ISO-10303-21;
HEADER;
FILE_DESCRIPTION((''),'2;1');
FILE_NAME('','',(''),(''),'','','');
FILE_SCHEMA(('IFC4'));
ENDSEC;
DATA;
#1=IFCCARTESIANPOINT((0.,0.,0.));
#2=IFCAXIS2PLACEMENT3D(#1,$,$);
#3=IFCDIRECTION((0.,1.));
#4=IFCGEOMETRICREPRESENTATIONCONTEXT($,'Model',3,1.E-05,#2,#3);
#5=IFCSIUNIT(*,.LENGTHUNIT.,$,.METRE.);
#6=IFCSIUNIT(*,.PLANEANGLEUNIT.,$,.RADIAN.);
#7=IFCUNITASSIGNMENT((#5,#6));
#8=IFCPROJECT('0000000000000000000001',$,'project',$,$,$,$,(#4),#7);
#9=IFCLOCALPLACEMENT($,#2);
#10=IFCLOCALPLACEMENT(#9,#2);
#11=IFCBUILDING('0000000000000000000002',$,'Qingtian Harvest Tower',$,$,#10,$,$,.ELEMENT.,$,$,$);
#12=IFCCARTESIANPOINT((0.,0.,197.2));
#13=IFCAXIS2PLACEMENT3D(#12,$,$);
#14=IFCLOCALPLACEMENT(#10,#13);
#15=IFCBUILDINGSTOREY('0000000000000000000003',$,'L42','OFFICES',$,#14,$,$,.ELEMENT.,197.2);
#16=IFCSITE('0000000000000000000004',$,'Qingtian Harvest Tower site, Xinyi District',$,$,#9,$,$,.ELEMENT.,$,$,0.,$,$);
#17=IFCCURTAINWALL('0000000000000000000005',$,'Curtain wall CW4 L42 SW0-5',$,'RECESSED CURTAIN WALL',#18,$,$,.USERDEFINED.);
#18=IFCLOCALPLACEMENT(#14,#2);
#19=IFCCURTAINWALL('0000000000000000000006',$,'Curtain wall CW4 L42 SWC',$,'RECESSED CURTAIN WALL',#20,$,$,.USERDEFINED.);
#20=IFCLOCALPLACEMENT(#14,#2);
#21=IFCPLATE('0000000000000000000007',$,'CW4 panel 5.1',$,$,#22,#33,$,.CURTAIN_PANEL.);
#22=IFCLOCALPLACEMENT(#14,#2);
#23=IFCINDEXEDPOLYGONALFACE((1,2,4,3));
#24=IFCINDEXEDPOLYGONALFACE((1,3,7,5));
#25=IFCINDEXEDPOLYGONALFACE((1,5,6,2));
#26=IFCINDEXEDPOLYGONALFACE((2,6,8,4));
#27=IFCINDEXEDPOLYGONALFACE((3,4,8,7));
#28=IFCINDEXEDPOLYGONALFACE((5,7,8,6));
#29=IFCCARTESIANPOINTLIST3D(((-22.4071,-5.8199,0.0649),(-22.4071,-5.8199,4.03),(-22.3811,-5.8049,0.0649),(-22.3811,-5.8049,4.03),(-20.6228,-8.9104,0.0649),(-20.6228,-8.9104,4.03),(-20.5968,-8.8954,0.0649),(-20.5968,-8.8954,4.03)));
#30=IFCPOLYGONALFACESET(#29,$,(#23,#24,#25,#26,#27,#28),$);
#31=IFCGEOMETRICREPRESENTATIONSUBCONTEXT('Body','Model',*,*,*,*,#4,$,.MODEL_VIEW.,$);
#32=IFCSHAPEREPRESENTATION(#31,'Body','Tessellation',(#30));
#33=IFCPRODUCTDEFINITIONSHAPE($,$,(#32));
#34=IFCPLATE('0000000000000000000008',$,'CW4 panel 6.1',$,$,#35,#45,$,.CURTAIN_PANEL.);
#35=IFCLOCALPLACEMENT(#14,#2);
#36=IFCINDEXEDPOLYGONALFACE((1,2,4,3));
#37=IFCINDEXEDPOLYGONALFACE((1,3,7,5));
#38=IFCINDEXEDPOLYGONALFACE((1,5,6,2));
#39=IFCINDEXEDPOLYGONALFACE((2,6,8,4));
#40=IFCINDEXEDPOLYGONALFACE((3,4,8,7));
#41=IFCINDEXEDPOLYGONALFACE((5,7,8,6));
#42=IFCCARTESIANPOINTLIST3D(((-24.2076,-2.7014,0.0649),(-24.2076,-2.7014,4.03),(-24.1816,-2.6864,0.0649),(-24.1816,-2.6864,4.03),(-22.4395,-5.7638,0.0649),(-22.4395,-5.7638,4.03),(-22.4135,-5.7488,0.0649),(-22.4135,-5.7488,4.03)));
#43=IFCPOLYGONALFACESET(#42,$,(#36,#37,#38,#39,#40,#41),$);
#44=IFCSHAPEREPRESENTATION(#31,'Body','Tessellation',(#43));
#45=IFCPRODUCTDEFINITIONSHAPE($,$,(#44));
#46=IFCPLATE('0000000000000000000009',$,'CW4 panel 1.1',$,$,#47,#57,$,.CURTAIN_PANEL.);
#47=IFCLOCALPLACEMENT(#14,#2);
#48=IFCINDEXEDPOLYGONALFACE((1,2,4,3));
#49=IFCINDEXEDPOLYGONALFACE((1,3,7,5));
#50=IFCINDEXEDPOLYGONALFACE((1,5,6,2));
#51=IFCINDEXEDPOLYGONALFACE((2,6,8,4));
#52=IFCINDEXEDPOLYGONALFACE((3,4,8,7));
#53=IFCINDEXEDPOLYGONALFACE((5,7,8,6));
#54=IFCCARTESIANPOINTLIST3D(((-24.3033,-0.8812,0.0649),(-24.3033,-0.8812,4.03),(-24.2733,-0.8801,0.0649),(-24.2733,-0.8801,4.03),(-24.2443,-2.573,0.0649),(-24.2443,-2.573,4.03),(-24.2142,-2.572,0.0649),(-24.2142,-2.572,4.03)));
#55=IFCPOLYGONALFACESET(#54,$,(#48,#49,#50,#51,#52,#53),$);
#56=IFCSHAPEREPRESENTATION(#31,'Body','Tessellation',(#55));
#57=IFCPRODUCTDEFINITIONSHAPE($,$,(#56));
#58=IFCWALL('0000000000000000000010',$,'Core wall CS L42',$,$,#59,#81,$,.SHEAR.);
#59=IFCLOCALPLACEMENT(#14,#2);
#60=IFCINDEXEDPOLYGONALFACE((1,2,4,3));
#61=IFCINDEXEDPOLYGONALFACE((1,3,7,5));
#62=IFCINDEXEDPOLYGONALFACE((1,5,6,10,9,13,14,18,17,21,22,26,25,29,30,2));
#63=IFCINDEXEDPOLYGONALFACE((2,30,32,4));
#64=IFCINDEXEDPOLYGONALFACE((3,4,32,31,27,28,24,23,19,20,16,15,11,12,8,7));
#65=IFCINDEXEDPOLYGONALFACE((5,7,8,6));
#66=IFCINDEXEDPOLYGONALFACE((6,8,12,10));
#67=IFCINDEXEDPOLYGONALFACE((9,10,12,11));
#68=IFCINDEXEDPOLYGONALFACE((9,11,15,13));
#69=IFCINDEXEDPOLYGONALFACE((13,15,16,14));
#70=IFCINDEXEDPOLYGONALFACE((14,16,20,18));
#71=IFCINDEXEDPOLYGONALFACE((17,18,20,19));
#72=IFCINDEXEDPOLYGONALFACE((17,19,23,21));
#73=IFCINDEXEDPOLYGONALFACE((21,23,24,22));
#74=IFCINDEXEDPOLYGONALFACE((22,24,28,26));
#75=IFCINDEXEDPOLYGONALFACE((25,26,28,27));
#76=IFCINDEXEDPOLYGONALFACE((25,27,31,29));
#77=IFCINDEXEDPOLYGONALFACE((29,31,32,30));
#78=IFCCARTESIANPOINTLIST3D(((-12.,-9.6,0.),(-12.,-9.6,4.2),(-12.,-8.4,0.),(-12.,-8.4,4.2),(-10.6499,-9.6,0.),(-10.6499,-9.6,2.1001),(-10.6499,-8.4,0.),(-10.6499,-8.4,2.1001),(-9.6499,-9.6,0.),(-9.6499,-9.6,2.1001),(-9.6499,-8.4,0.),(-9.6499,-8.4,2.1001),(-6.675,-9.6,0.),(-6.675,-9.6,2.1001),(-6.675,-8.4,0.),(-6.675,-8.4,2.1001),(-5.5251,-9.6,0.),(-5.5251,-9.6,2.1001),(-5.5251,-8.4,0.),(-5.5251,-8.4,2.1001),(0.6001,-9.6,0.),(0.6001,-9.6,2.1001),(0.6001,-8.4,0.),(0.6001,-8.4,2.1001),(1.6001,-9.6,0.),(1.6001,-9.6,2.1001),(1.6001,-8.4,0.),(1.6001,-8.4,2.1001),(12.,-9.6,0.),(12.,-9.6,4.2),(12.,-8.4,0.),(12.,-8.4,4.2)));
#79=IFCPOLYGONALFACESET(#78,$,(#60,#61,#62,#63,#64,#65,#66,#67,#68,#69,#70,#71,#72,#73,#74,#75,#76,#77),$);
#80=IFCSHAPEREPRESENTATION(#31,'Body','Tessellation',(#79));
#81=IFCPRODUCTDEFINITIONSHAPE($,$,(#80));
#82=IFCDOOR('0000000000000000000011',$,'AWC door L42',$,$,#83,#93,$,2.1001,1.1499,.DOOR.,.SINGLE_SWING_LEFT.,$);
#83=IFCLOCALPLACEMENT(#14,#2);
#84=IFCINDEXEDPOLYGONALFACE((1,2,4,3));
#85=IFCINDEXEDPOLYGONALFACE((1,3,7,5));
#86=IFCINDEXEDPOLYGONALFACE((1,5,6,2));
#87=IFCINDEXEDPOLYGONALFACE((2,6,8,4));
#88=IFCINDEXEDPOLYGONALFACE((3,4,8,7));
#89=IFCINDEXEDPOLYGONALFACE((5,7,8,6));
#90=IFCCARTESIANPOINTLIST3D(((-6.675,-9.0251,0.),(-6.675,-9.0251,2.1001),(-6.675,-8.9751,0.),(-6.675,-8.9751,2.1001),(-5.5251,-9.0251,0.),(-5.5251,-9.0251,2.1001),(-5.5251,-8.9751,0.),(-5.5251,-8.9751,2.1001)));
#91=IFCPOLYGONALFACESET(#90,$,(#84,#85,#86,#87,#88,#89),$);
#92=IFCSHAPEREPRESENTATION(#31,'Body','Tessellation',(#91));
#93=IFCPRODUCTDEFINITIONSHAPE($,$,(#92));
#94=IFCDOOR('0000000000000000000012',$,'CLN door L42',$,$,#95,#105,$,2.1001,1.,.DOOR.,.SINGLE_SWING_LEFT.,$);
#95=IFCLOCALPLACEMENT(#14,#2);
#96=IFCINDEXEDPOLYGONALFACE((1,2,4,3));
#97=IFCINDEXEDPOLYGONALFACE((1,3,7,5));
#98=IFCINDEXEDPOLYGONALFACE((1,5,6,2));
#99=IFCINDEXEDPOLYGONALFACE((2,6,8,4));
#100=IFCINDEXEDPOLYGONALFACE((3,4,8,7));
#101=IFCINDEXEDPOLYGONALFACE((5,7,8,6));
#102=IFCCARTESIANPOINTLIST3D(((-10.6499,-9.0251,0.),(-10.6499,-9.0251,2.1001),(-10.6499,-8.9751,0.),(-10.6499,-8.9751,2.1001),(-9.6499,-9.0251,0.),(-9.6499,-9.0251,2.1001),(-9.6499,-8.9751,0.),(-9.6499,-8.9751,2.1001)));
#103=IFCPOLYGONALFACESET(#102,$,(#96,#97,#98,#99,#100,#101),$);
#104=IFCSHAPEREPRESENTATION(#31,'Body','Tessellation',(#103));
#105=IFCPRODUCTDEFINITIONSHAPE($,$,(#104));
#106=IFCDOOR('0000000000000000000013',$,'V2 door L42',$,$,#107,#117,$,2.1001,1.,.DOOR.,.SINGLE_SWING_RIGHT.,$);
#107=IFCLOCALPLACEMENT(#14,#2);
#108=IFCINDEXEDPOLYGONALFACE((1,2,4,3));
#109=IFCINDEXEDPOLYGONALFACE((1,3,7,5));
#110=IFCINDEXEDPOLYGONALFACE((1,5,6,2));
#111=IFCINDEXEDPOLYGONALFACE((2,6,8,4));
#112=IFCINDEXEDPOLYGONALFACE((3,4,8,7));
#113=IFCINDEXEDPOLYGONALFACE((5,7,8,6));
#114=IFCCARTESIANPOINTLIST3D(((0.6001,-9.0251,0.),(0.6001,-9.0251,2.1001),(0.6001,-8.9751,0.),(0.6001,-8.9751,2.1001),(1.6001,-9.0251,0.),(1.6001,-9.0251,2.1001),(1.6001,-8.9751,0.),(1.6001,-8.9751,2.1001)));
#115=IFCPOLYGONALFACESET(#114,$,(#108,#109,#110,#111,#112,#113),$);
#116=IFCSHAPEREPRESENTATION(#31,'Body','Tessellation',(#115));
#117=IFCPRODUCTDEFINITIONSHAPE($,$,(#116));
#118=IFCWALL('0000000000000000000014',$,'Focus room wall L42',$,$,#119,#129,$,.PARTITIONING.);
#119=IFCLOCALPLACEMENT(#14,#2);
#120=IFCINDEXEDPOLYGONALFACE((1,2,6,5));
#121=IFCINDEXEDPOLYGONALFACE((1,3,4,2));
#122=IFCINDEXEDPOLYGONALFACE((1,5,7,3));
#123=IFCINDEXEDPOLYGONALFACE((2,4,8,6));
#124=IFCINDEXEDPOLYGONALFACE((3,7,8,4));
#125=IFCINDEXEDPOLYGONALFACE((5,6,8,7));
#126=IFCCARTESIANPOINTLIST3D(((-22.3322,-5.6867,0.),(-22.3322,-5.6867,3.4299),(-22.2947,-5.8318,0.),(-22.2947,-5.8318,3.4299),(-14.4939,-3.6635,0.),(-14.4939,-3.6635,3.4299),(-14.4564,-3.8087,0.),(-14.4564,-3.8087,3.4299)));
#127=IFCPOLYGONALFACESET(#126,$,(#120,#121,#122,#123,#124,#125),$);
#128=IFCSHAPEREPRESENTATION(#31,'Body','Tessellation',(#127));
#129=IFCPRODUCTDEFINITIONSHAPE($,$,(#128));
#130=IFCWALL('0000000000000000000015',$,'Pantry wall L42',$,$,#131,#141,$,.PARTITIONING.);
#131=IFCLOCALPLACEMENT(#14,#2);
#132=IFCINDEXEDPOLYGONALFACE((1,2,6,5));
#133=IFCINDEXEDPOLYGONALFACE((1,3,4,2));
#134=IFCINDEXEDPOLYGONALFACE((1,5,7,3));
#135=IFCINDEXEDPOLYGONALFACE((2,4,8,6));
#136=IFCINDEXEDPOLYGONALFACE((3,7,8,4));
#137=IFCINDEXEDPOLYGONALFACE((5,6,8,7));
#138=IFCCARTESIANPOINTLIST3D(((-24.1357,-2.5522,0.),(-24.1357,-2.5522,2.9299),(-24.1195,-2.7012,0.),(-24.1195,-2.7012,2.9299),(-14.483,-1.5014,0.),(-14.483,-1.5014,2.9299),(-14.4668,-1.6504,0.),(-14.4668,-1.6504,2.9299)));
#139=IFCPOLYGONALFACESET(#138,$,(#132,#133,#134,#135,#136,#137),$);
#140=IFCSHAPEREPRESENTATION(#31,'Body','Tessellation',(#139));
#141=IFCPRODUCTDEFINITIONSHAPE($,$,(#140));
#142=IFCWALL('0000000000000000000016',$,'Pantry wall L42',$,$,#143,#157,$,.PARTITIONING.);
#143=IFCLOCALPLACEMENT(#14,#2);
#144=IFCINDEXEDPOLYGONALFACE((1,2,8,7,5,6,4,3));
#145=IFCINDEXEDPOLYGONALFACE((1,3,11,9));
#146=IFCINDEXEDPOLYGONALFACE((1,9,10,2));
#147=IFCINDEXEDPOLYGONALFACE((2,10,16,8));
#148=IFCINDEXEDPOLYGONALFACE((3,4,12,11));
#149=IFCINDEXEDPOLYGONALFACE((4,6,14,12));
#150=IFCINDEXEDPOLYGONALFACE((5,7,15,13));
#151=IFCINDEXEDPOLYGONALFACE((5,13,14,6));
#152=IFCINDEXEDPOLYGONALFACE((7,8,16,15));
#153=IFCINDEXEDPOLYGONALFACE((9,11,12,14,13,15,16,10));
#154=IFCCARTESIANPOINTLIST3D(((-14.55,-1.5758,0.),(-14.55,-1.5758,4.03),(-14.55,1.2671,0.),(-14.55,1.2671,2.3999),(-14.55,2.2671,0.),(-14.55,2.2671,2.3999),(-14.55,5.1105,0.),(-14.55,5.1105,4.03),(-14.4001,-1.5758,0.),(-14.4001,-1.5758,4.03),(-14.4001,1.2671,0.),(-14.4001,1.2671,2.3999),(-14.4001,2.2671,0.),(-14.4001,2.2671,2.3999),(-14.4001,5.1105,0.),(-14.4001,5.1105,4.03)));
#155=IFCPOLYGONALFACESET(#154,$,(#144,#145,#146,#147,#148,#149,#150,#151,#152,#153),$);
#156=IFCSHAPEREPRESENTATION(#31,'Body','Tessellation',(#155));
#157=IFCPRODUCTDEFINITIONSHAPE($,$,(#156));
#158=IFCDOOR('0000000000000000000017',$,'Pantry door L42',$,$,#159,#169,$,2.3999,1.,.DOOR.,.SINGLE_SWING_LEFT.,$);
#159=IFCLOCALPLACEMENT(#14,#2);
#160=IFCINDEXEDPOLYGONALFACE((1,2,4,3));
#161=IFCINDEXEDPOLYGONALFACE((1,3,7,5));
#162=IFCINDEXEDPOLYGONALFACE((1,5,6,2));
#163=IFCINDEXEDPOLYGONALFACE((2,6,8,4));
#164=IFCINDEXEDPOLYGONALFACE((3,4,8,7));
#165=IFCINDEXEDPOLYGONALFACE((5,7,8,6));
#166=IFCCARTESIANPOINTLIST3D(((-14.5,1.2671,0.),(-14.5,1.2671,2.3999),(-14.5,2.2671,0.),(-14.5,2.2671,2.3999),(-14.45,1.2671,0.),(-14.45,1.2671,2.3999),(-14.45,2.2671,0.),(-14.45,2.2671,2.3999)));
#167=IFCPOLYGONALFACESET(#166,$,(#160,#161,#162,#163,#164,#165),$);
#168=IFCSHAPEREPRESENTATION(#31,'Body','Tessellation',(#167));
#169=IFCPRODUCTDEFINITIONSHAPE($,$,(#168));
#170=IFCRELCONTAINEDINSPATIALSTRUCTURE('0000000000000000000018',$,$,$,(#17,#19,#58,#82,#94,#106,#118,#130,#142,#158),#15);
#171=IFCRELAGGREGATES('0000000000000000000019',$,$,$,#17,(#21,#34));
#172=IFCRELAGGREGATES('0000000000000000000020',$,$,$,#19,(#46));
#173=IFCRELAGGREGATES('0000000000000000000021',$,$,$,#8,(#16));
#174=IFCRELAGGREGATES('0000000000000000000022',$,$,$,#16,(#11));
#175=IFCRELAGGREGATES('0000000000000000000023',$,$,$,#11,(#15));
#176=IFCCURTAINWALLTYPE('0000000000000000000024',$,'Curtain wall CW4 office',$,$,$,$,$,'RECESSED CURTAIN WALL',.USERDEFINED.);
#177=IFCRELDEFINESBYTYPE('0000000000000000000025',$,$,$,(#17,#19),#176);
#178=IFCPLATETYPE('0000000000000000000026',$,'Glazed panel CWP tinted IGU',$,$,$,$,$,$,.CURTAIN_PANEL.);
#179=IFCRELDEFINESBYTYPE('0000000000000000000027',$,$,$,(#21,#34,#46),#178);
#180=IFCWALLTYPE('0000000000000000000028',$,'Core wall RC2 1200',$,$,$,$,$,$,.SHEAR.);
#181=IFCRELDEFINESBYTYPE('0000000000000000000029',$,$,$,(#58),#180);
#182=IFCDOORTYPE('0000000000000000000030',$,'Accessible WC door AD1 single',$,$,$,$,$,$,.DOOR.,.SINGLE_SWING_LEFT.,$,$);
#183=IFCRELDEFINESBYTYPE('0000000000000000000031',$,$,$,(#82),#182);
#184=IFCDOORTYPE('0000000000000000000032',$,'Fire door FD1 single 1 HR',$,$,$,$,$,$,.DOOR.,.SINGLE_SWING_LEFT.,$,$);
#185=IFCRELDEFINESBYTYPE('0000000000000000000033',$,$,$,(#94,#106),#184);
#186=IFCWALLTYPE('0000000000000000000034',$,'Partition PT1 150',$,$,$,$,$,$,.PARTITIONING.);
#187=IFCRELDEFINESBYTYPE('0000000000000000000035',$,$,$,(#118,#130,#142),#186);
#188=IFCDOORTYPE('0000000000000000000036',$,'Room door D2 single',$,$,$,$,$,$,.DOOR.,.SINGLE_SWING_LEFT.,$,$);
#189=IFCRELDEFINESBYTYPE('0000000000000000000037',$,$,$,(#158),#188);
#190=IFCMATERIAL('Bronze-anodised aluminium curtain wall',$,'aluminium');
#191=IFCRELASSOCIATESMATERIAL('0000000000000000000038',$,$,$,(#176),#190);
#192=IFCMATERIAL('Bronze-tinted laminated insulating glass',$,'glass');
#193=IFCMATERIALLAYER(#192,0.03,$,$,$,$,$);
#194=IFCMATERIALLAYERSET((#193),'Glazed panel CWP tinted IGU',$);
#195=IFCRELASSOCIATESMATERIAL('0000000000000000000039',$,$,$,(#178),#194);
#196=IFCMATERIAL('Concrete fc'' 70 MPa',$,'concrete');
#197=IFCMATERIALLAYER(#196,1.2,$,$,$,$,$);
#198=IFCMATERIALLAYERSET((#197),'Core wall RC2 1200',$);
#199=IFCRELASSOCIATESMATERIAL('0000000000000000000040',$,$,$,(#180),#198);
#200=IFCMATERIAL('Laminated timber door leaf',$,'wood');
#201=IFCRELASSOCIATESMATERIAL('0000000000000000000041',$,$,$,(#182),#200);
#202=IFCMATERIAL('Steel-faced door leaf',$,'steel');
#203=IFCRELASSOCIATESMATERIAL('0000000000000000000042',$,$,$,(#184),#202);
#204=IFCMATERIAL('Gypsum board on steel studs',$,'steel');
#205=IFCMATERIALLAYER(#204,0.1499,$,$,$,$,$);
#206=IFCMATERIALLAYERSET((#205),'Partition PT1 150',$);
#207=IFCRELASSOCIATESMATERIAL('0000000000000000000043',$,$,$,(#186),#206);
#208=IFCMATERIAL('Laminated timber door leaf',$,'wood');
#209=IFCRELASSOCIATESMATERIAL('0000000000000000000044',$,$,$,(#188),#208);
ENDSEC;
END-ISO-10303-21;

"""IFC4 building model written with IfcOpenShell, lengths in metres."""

from ifc_helpers import new_model, si_unit, direction, frame, frame_2d, origin, origin_2d, place, context, subcontext, project, spatial, rectangle, extrude, material, layer, layer_set, type_object, element, fill, aggregate, save


model = new_model("IFC4")

# Units and contexts
model_context = context("Model", 3, precision=1e-05, world=origin(), true_north=direction((0.0, 1.0)))
body_context = subcontext(model_context, "Body", "Model", "MODEL_VIEW")
ifc_project = project(units=[si_unit("LENGTHUNIT", "METRE"), si_unit("PLANEANGLEUNIT", "RADIAN")], contexts=[model_context])

# Site, building, storey
site_placement = place(None, origin())
site = spatial("IfcSite", under=ifc_project, at=site_placement, Name="Qingtian Harvest Tower site, Xinyi District", CompositionType="ELEMENT", RefElevation=0.0)
building_placement = place(site_placement, origin())
building = spatial("IfcBuilding", under=site, at=building_placement, Name="Qingtian Harvest Tower", CompositionType="ELEMENT")
storey_placement = place(building_placement, frame((0.0, 0.0, 197.2)))
storey = spatial("IfcBuildingStorey", under=building, at=storey_placement, Name="L42", Description="OFFICES", CompositionType="ELEMENT", Elevation=197.2)

# Curtain walls
ifc_material_1 = material(Name="Bronze-anodised aluminium curtain wall", Category="aluminium")
curtain_wall_type = type_object("IfcCurtainWallType", Name="Curtain wall CW4 office", ElementType="RECESSED CURTAIN WALL", PredefinedType="USERDEFINED", material=ifc_material_1)
curtain_wall_1_placement = place(storey_placement, origin())
curtain_wall_1 = element("IfcCurtainWall", 1, at=curtain_wall_1_placement, inside=storey, type_object=curtain_wall_type, Name="Curtain wall CW4 L42 SW0-5", ObjectType="RECESSED CURTAIN WALL", PredefinedType="USERDEFINED")
curtain_wall_2_placement = place(storey_placement, origin())
curtain_wall_2 = element("IfcCurtainWall", 2, at=curtain_wall_2_placement, inside=storey, type_object=curtain_wall_type, Name="Curtain wall CW4 L42 SWC", ObjectType="RECESSED CURTAIN WALL", PredefinedType="USERDEFINED")

# Plates
ifc_material_2 = material(Name="Bronze-tinted laminated insulating glass", Category="glass")
ifc_layer_1 = layer(ifc_material_2, 0.03)
ifc_layer_set_1 = layer_set([ifc_layer_1], Name="Glazed panel CWP tinted IGU")
plate_type = type_object("IfcPlateType", Name="Glazed panel CWP tinted IGU", PredefinedType="CURTAIN_PANEL", material=ifc_layer_set_1)
plate_1_placement = place(storey_placement, frame((-21.502, -7.3577, 0.0649), z_axis=(0.0, 0.0, 1.0), x_axis=(-0.5, 0.866025, 0.0)))
plate_1 = element("IfcPlate", 3, at=plate_1_placement, type_object=plate_type, Name="CW4 panel 5.1", PredefinedType="CURTAIN_PANEL", context=body_context, shape_type="SweptSolid", body=[
    extrude(rectangle(XDim=3.5686, YDim=0.03, at=origin_2d()), origin(), (0.0, 0.0, 1.0), 3.9651),
])
plate_2_placement = place(storey_placement, frame((-23.3105, -4.2251, 0.0649), z_axis=(0.0, 0.0, 1.0), x_axis=(-0.5, 0.866025, 0.0)))
plate_2 = element("IfcPlate", 4, at=plate_2_placement, type_object=plate_type, Name="CW4 panel 6.1", PredefinedType="CURTAIN_PANEL", context=body_context, shape_type="SweptSolid", body=[
    extrude(rectangle(XDim=3.5361, YDim=0.03, at=origin_2d()), origin(), (0.0, 0.0, 1.0), 3.9651),
])
aggregate(curtain_wall_1, [plate_1, plate_2])
plate_3_placement = place(storey_placement, frame((-24.2588, -1.7266, 0.0649), z_axis=(0.0, 0.0, 1.0), x_axis=(-0.034899, 0.999391, 0.0)))
plate_3 = element("IfcPlate", 5, at=plate_3_placement, type_object=plate_type, Name="CW4 panel 1.1", PredefinedType="CURTAIN_PANEL", context=body_context, shape_type="SweptSolid", body=[
    extrude(rectangle(XDim=1.6929, YDim=0.03, at=origin_2d()), origin(), (0.0, 0.0, 1.0), 3.9651),
])
aggregate(curtain_wall_2, [plate_3])

# Wall, openings, doors
ifc_material_3 = material(Name="Concrete fc' 70 MPa", Category="concrete")
ifc_layer_2 = layer(ifc_material_3, 1.2)
ifc_layer_set_2 = layer_set([ifc_layer_2], Name="Core wall RC2 1200")
wall_type_1 = type_object("IfcWallType", Name="Core wall RC2 1200", PredefinedType="SHEAR", material=ifc_layer_set_2)
wall_1_placement = place(storey_placement, frame((-12.0, -9.0, 0.0), z_axis=(0.0, 0.0, 1.0), x_axis=(1.0, 0.0, 0.0)))
wall_1 = element("IfcWall", 6, at=wall_1_placement, inside=storey, type_object=wall_type_1, Name="Core wall CS L42", PredefinedType="SHEAR", context=body_context, shape_type="SweptSolid", body=[
    extrude(rectangle(XDim=24.0, YDim=1.2, at=frame_2d((12.0, 0.0))), origin(), (0.0, 0.0, 1.0), 4.2),
])
opening_1_placement = place(wall_1_placement, frame((1.3501, 0.0, 0.0)))
opening_1 = element("IfcOpeningElement", 7, at=opening_1_placement, cuts=wall_1, PredefinedType="OPENING", context=body_context, shape_type="SweptSolid", body=[
    extrude(rectangle(XDim=1.0, YDim=2.1001, at=frame_2d((0.5, 1.05))), frame((0.0, 0.6099, 0.0), z_axis=(0.0, -1.0, 0.0), x_axis=(1.0, 0.0, 0.0)), (0.0, 0.0, 1.0), 1.22),
])
opening_2_placement = place(wall_1_placement, frame((5.325, 0.0, 0.0)))
opening_2 = element("IfcOpeningElement", 8, at=opening_2_placement, cuts=wall_1, PredefinedType="OPENING", context=body_context, shape_type="SweptSolid", body=[
    extrude(rectangle(XDim=1.1499, YDim=2.1001, at=frame_2d((0.575, 1.05))), frame((0.0, 0.6099, 0.0), z_axis=(0.0, -1.0, 0.0), x_axis=(1.0, 0.0, 0.0)), (0.0, 0.0, 1.0), 1.22),
])
opening_3_placement = place(wall_1_placement, frame((12.6001, 0.0, 0.0)))
opening_3 = element("IfcOpeningElement", 9, at=opening_3_placement, cuts=wall_1, PredefinedType="OPENING", context=body_context, shape_type="SweptSolid", body=[
    extrude(rectangle(XDim=1.0, YDim=2.1001, at=frame_2d((0.5, 1.05))), frame((0.0, 0.6099, 0.0), z_axis=(0.0, -1.0, 0.0), x_axis=(1.0, 0.0, 0.0)), (0.0, 0.0, 1.0), 1.22),
])
ifc_material_4 = material(Name="Laminated timber door leaf", Category="wood")
door_type_1 = type_object("IfcDoorType", Name="Accessible WC door AD1 single", OperationType="SINGLE_SWING_LEFT", PredefinedType="DOOR", material=ifc_material_4)
door_1_placement = place(opening_2_placement, origin())
door_1 = element("IfcDoor", 10, at=door_1_placement, inside=storey, type_object=door_type_1, Name="AWC door L42", OperationType="SINGLE_SWING_LEFT", OverallHeight=2.1001, OverallWidth=1.1499, PredefinedType="DOOR", context=body_context, shape_type="SweptSolid", body=[
    extrude(rectangle(XDim=1.1499, YDim=2.1001, at=frame_2d((0.575, 1.05))), frame((0.0, 0.0249, 0.0), z_axis=(0.0, -1.0, 0.0), x_axis=(1.0, 0.0, 0.0)), (0.0, 0.0, 1.0), 0.05),
])
fill(opening_2, door_1)
ifc_material_5 = material(Name="Steel-faced door leaf", Category="steel")
door_type_2 = type_object("IfcDoorType", Name="Fire door FD1 single 1 HR", OperationType="SINGLE_SWING_LEFT", PredefinedType="DOOR", material=ifc_material_5)
door_2_placement = place(opening_1_placement, origin())
door_2 = element("IfcDoor", 11, at=door_2_placement, inside=storey, type_object=door_type_2, Name="CLN door L42", OperationType="SINGLE_SWING_LEFT", OverallHeight=2.1001, OverallWidth=1.0, PredefinedType="DOOR", context=body_context, shape_type="SweptSolid", body=[
    extrude(rectangle(XDim=1.0, YDim=2.1001, at=frame_2d((0.5, 1.05))), frame((0.0, 0.0249, 0.0), z_axis=(0.0, -1.0, 0.0), x_axis=(1.0, 0.0, 0.0)), (0.0, 0.0, 1.0), 0.05),
])
fill(opening_1, door_2)
door_3_placement = place(opening_3_placement, origin())
door_3 = element("IfcDoor", 12, at=door_3_placement, inside=storey, type_object=door_type_2, Name="V2 door L42", OperationType="SINGLE_SWING_RIGHT", OverallHeight=2.1001, OverallWidth=1.0, PredefinedType="DOOR", context=body_context, shape_type="SweptSolid", body=[
    extrude(rectangle(XDim=1.0, YDim=2.1001, at=frame_2d((0.5, 1.05))), frame((0.0, 0.0249, 0.0), z_axis=(0.0, -1.0, 0.0), x_axis=(1.0, 0.0, 0.0)), (0.0, 0.0, 1.0), 0.05),
])
fill(opening_3, door_3)

# Wall
ifc_material_6 = material(Name="Gypsum board on steel studs", Category="steel")
ifc_layer_3 = layer(ifc_material_6, 0.1499)
ifc_layer_set_3 = layer_set([ifc_layer_3], Name="Partition PT1 150")
wall_type_2 = type_object("IfcWallType", Name="Partition PT1 150", PredefinedType="PARTITIONING", material=ifc_layer_set_3)
wall_2_placement = place(storey_placement, frame((-22.3135, -5.7593, 0.0), z_axis=(0.0, 0.0, 1.0), x_axis=(0.968266, 0.249923, 0.0)))
element("IfcWall", 13, at=wall_2_placement, inside=storey, type_object=wall_type_2, Name="Focus room wall L42", PredefinedType="PARTITIONING", context=body_context, shape_type="SweptSolid", body=[
    extrude(rectangle(XDim=8.0952, YDim=0.1499, at=frame_2d((4.0476, 0.0))), origin(), (0.0, 0.0, 1.0), 3.4299),
])

# Shared definitions
ifc_material_7 = material(Name="Laminated timber door leaf", Category="wood")
door_type_3 = type_object("IfcDoorType", Name="Room door D2 single", OperationType="SINGLE_SWING_LEFT", PredefinedType="DOOR", material=ifc_material_7)

# Wall
wall_3_placement = place(storey_placement, frame((-24.1277, -2.6267, 0.0), z_axis=(0.0, 0.0, 1.0), x_axis=(0.994127, 0.108221, 0.0)))
element("IfcWall", 14, at=wall_3_placement, inside=storey, type_object=wall_type_2, Name="Pantry wall L42", PredefinedType="PARTITIONING", context=body_context, shape_type="SweptSolid", body=[
    extrude(rectangle(XDim=9.7097, YDim=0.1499, at=frame_2d((4.855, 0.0))), origin(), (0.0, 0.0, 1.0), 2.9299),
])

# Wall, opening, door
wall_4_placement = place(storey_placement, frame((-14.4751, -1.5759, 0.0), z_axis=(0.0, 0.0, 1.0), x_axis=(0.0, 1.0, 0.0)))
wall_4 = element("IfcWall", 15, at=wall_4_placement, inside=storey, type_object=wall_type_2, Name="Pantry wall L42", PredefinedType="PARTITIONING", context=body_context, shape_type="SweptSolid", body=[
    extrude(rectangle(XDim=6.6863, YDim=0.1499, at=frame_2d((3.3433, 0.0))), origin(), (0.0, 0.0, 1.0), 4.03),
])
opening_4_placement = place(wall_4_placement, frame((2.843, 0.0, 0.0)))
opening_4 = element("IfcOpeningElement", 16, at=opening_4_placement, cuts=wall_4, PredefinedType="OPENING", context=body_context, shape_type="SweptSolid", body=[
    extrude(rectangle(XDim=1.0, YDim=2.3999, at=frame_2d((0.5, 1.2))), frame((0.0, 0.085, 0.0), z_axis=(0.0, -1.0, 0.0), x_axis=(1.0, 0.0, 0.0)), (0.0, 0.0, 1.0), 0.1699),
])
door_4_placement = place(opening_4_placement, origin())
door_4 = element("IfcDoor", 17, at=door_4_placement, inside=storey, type_object=door_type_3, Name="Pantry door L42", OperationType="SINGLE_SWING_LEFT", OverallHeight=2.3999, OverallWidth=1.0, PredefinedType="DOOR", context=body_context, shape_type="SweptSolid", body=[
    extrude(rectangle(XDim=1.0, YDim=2.3999, at=frame_2d((0.5, 1.2))), frame((0.0, 0.0249, 0.0), z_axis=(0.0, -1.0, 0.0), x_axis=(1.0, 0.0, 0.0)), (0.0, 0.0, 1.0), 0.05),
])
fill(opening_4, door_4)

save(model, "model.ifc")
